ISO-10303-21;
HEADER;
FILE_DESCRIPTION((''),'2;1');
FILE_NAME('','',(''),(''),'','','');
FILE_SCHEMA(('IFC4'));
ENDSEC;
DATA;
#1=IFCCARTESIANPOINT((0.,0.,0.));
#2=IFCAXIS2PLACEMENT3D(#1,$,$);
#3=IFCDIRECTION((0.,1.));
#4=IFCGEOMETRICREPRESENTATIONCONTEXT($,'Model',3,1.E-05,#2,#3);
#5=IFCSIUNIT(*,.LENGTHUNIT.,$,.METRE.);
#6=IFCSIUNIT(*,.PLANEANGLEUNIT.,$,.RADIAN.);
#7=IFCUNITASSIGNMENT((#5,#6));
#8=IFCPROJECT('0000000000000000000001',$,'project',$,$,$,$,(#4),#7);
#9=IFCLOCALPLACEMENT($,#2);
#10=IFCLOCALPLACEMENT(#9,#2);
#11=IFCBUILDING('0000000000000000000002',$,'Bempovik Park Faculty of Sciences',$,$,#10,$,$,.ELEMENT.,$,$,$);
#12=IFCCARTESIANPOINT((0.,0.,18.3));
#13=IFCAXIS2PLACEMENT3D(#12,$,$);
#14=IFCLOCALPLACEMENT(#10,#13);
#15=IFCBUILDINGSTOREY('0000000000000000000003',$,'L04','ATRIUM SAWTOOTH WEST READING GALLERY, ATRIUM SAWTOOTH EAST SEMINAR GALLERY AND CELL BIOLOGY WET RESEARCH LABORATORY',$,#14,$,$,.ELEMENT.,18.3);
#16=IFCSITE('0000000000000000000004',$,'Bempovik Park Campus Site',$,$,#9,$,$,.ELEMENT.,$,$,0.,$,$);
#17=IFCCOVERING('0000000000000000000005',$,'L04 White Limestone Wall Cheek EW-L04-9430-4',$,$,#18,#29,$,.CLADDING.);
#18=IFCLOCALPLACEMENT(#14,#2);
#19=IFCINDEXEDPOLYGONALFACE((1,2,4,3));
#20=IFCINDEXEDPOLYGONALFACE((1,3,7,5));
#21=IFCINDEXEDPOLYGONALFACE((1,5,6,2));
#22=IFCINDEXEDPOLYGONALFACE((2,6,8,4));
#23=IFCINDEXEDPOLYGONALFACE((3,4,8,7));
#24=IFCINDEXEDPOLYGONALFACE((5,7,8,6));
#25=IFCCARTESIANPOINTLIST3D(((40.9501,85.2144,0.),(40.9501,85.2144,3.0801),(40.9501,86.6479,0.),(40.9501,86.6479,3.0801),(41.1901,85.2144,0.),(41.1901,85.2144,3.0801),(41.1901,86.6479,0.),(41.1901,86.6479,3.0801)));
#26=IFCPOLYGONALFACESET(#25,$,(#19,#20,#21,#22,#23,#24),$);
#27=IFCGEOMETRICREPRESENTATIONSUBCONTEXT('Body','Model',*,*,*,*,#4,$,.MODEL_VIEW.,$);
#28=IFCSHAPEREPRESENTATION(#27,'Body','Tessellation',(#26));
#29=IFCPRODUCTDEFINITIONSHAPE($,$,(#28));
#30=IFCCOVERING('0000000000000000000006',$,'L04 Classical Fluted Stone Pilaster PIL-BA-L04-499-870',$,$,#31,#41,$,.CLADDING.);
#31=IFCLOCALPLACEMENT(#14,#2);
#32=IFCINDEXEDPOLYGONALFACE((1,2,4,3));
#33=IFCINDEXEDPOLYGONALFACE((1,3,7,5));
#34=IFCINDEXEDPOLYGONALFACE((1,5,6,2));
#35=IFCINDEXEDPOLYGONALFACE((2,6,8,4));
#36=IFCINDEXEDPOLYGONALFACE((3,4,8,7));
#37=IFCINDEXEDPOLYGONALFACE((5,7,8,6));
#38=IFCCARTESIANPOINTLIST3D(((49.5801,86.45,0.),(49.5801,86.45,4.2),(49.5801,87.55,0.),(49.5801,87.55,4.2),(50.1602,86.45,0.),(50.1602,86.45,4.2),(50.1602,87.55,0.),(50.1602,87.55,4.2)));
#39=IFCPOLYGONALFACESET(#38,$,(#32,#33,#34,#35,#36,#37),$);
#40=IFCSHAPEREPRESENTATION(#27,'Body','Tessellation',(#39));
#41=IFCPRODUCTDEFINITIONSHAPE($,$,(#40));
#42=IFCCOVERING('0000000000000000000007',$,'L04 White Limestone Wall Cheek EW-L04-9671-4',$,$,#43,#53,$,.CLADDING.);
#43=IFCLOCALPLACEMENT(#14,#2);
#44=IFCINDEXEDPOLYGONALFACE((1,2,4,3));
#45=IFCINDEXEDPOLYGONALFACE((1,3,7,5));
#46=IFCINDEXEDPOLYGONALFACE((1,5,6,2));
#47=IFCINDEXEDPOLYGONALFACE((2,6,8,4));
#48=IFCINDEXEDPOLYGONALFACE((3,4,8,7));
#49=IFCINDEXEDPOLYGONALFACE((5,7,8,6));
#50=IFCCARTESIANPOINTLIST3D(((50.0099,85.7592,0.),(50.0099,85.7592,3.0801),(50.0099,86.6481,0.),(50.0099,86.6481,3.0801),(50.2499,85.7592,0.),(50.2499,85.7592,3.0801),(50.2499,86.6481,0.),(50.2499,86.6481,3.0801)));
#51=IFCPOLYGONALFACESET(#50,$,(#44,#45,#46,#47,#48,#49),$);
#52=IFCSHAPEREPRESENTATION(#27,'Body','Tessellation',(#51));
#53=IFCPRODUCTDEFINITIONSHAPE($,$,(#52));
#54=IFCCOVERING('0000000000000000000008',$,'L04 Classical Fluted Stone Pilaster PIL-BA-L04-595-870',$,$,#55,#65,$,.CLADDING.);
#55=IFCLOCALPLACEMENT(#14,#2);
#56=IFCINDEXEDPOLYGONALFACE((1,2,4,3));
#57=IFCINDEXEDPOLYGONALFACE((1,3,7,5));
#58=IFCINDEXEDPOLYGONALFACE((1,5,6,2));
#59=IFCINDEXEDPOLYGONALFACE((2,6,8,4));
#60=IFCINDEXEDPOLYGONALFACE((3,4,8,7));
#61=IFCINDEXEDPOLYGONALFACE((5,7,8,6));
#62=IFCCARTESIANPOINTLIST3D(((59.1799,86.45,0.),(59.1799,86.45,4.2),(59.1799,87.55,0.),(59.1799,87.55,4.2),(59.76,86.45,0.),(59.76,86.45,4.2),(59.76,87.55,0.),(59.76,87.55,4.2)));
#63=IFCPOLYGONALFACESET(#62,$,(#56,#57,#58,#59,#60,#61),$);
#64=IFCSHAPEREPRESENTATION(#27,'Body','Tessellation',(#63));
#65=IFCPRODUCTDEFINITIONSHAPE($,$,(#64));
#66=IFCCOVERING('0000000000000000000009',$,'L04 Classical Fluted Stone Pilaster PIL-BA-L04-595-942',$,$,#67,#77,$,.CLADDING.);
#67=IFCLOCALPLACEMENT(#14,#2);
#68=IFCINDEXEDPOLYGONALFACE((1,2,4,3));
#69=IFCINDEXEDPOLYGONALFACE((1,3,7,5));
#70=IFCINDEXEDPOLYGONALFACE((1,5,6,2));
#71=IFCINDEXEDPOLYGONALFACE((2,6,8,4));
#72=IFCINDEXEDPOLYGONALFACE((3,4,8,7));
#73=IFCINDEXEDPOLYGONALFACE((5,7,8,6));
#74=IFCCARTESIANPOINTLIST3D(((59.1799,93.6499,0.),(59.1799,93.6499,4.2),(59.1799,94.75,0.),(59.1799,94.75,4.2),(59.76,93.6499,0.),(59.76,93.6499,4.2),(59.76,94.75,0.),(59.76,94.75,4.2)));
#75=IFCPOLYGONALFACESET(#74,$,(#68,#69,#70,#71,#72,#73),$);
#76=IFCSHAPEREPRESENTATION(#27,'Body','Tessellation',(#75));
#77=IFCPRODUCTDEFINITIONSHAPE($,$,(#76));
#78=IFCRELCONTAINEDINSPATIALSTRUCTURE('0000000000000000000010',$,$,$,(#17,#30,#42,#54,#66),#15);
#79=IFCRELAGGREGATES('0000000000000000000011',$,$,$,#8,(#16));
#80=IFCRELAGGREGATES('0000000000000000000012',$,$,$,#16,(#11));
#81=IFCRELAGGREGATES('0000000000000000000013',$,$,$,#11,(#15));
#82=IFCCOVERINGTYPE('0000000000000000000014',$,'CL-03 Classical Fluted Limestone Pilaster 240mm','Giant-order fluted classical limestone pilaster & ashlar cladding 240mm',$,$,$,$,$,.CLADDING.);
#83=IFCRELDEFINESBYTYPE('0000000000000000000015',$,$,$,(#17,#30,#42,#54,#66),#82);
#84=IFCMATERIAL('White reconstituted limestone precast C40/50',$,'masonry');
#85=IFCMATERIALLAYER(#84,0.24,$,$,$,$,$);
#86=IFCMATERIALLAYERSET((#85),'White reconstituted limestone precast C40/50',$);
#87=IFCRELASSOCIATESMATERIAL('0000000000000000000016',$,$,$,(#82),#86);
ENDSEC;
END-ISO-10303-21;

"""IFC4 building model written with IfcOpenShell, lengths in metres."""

from ifc_helpers import new_model, si_unit, direction, frame, origin, origin_2d, place, context, subcontext, project, spatial, rectangle, extrude, material, layer, layer_set, type_object, element, save


model = new_model("IFC4")

# Units and contexts
model_context = context("Model", 3, precision=1e-05, world=origin(), true_north=direction((0.0, 1.0)))
body_context = subcontext(model_context, "Body", "Model", "MODEL_VIEW")
ifc_project = project(units=[si_unit("LENGTHUNIT", "METRE"), si_unit("PLANEANGLEUNIT", "RADIAN")], contexts=[model_context])

# Site, building, storey
site_placement = place(None, origin())
site = spatial("IfcSite", under=ifc_project, at=site_placement, Name="Bempovik Park Campus Site", CompositionType="ELEMENT", RefElevation=0.0)
building_placement = place(site_placement, origin())
building = spatial("IfcBuilding", under=site, at=building_placement, Name="Bempovik Park Faculty of Sciences", CompositionType="ELEMENT")
storey_placement = place(building_placement, frame((0.0, 0.0, 18.3)))
storey = spatial("IfcBuildingStorey", under=building, at=storey_placement, Name="L04", Description="ATRIUM SAWTOOTH WEST READING GALLERY, ATRIUM SAWTOOTH EAST SEMINAR GALLERY AND CELL BIOLOGY WET RESEARCH LABORATORY", CompositionType="ELEMENT", Elevation=18.3)

# Coverings
ifc_material_1 = material(Name="White reconstituted limestone precast C40/50", Category="masonry")
ifc_layer_1 = layer(ifc_material_1, 0.24)
ifc_layer_set_1 = layer_set([ifc_layer_1], Name="White reconstituted limestone precast C40/50")
covering_type_1 = type_object("IfcCoveringType", Name="CL-03 Classical Fluted Limestone Pilaster 240mm", Description="Giant-order fluted classical limestone pilaster & ashlar cladding 240mm", PredefinedType="CLADDING", material=ifc_layer_set_1)
covering_1_placement = place(storey_placement, frame((41.0701, 85.9312, 0.0), z_axis=(0.0, 0.0, 1.0), x_axis=(1.0, 0.0, 0.0)))
element("IfcCovering", 1, at=covering_1_placement, inside=storey, type_object=covering_type_1, Name="L04 White Limestone Wall Cheek EW-L04-9430-4", PredefinedType="CLADDING", context=body_context, shape_type="SweptSolid", body=[
    extrude(rectangle(XDim=0.24, YDim=1.4336, at=origin_2d()), origin(), (0.0, 0.0, 1.0), 3.0801),
])
covering_2_placement = place(storey_placement, frame((49.8701, 87.0, 0.0), z_axis=(0.0, 0.0, 1.0), x_axis=(1.0, 0.0, 0.0)))
element("IfcCovering", 2, at=covering_2_placement, inside=storey, type_object=covering_type_1, Name="L04 Classical Fluted Stone Pilaster PIL-BA-L04-499-870", PredefinedType="CLADDING", context=body_context, shape_type="SweptSolid", body=[
    extrude(rectangle(XDim=0.5801, YDim=1.1001, at=origin_2d()), origin(), (0.0, 0.0, 1.0), 4.2),
])
covering_3_placement = place(storey_placement, frame((50.1299, 86.2036, 0.0), z_axis=(0.0, 0.0, 1.0), x_axis=(1.0, 0.0, 0.0)))
element("IfcCovering", 3, at=covering_3_placement, inside=storey, type_object=covering_type_1, Name="L04 White Limestone Wall Cheek EW-L04-9671-4", PredefinedType="CLADDING", context=body_context, shape_type="SweptSolid", body=[
    extrude(rectangle(XDim=0.24, YDim=0.8889, at=origin_2d()), origin(), (0.0, 0.0, 1.0), 3.0801),
])
for number, where, z_axis, x_axis, name in (
    (4, (59.47, 87.0, 0.0), (0.0, 0.0, 1.0), (1.0, 0.0, 0.0), "L04 Classical Fluted Stone Pilaster PIL-BA-L04-595-870"),
    (5, (59.47, 94.2, 0.0), (0.0, 0.0, 1.0), (1.0, 0.0, 0.0), "L04 Classical Fluted Stone Pilaster PIL-BA-L04-595-942"),
):
    element("IfcCovering", number, at=place(storey_placement, frame(where, z_axis=z_axis, x_axis=x_axis)), inside=storey, type_object=covering_type_1, Name=name, PredefinedType="CLADDING", context=body_context, shape_type="SweptSolid", body=[
        extrude(rectangle(XDim=0.5801, YDim=1.1001, at=origin_2d()), origin(), (0.0, 0.0, 1.0), 4.2),
    ])

save(model, "model.ifc")
